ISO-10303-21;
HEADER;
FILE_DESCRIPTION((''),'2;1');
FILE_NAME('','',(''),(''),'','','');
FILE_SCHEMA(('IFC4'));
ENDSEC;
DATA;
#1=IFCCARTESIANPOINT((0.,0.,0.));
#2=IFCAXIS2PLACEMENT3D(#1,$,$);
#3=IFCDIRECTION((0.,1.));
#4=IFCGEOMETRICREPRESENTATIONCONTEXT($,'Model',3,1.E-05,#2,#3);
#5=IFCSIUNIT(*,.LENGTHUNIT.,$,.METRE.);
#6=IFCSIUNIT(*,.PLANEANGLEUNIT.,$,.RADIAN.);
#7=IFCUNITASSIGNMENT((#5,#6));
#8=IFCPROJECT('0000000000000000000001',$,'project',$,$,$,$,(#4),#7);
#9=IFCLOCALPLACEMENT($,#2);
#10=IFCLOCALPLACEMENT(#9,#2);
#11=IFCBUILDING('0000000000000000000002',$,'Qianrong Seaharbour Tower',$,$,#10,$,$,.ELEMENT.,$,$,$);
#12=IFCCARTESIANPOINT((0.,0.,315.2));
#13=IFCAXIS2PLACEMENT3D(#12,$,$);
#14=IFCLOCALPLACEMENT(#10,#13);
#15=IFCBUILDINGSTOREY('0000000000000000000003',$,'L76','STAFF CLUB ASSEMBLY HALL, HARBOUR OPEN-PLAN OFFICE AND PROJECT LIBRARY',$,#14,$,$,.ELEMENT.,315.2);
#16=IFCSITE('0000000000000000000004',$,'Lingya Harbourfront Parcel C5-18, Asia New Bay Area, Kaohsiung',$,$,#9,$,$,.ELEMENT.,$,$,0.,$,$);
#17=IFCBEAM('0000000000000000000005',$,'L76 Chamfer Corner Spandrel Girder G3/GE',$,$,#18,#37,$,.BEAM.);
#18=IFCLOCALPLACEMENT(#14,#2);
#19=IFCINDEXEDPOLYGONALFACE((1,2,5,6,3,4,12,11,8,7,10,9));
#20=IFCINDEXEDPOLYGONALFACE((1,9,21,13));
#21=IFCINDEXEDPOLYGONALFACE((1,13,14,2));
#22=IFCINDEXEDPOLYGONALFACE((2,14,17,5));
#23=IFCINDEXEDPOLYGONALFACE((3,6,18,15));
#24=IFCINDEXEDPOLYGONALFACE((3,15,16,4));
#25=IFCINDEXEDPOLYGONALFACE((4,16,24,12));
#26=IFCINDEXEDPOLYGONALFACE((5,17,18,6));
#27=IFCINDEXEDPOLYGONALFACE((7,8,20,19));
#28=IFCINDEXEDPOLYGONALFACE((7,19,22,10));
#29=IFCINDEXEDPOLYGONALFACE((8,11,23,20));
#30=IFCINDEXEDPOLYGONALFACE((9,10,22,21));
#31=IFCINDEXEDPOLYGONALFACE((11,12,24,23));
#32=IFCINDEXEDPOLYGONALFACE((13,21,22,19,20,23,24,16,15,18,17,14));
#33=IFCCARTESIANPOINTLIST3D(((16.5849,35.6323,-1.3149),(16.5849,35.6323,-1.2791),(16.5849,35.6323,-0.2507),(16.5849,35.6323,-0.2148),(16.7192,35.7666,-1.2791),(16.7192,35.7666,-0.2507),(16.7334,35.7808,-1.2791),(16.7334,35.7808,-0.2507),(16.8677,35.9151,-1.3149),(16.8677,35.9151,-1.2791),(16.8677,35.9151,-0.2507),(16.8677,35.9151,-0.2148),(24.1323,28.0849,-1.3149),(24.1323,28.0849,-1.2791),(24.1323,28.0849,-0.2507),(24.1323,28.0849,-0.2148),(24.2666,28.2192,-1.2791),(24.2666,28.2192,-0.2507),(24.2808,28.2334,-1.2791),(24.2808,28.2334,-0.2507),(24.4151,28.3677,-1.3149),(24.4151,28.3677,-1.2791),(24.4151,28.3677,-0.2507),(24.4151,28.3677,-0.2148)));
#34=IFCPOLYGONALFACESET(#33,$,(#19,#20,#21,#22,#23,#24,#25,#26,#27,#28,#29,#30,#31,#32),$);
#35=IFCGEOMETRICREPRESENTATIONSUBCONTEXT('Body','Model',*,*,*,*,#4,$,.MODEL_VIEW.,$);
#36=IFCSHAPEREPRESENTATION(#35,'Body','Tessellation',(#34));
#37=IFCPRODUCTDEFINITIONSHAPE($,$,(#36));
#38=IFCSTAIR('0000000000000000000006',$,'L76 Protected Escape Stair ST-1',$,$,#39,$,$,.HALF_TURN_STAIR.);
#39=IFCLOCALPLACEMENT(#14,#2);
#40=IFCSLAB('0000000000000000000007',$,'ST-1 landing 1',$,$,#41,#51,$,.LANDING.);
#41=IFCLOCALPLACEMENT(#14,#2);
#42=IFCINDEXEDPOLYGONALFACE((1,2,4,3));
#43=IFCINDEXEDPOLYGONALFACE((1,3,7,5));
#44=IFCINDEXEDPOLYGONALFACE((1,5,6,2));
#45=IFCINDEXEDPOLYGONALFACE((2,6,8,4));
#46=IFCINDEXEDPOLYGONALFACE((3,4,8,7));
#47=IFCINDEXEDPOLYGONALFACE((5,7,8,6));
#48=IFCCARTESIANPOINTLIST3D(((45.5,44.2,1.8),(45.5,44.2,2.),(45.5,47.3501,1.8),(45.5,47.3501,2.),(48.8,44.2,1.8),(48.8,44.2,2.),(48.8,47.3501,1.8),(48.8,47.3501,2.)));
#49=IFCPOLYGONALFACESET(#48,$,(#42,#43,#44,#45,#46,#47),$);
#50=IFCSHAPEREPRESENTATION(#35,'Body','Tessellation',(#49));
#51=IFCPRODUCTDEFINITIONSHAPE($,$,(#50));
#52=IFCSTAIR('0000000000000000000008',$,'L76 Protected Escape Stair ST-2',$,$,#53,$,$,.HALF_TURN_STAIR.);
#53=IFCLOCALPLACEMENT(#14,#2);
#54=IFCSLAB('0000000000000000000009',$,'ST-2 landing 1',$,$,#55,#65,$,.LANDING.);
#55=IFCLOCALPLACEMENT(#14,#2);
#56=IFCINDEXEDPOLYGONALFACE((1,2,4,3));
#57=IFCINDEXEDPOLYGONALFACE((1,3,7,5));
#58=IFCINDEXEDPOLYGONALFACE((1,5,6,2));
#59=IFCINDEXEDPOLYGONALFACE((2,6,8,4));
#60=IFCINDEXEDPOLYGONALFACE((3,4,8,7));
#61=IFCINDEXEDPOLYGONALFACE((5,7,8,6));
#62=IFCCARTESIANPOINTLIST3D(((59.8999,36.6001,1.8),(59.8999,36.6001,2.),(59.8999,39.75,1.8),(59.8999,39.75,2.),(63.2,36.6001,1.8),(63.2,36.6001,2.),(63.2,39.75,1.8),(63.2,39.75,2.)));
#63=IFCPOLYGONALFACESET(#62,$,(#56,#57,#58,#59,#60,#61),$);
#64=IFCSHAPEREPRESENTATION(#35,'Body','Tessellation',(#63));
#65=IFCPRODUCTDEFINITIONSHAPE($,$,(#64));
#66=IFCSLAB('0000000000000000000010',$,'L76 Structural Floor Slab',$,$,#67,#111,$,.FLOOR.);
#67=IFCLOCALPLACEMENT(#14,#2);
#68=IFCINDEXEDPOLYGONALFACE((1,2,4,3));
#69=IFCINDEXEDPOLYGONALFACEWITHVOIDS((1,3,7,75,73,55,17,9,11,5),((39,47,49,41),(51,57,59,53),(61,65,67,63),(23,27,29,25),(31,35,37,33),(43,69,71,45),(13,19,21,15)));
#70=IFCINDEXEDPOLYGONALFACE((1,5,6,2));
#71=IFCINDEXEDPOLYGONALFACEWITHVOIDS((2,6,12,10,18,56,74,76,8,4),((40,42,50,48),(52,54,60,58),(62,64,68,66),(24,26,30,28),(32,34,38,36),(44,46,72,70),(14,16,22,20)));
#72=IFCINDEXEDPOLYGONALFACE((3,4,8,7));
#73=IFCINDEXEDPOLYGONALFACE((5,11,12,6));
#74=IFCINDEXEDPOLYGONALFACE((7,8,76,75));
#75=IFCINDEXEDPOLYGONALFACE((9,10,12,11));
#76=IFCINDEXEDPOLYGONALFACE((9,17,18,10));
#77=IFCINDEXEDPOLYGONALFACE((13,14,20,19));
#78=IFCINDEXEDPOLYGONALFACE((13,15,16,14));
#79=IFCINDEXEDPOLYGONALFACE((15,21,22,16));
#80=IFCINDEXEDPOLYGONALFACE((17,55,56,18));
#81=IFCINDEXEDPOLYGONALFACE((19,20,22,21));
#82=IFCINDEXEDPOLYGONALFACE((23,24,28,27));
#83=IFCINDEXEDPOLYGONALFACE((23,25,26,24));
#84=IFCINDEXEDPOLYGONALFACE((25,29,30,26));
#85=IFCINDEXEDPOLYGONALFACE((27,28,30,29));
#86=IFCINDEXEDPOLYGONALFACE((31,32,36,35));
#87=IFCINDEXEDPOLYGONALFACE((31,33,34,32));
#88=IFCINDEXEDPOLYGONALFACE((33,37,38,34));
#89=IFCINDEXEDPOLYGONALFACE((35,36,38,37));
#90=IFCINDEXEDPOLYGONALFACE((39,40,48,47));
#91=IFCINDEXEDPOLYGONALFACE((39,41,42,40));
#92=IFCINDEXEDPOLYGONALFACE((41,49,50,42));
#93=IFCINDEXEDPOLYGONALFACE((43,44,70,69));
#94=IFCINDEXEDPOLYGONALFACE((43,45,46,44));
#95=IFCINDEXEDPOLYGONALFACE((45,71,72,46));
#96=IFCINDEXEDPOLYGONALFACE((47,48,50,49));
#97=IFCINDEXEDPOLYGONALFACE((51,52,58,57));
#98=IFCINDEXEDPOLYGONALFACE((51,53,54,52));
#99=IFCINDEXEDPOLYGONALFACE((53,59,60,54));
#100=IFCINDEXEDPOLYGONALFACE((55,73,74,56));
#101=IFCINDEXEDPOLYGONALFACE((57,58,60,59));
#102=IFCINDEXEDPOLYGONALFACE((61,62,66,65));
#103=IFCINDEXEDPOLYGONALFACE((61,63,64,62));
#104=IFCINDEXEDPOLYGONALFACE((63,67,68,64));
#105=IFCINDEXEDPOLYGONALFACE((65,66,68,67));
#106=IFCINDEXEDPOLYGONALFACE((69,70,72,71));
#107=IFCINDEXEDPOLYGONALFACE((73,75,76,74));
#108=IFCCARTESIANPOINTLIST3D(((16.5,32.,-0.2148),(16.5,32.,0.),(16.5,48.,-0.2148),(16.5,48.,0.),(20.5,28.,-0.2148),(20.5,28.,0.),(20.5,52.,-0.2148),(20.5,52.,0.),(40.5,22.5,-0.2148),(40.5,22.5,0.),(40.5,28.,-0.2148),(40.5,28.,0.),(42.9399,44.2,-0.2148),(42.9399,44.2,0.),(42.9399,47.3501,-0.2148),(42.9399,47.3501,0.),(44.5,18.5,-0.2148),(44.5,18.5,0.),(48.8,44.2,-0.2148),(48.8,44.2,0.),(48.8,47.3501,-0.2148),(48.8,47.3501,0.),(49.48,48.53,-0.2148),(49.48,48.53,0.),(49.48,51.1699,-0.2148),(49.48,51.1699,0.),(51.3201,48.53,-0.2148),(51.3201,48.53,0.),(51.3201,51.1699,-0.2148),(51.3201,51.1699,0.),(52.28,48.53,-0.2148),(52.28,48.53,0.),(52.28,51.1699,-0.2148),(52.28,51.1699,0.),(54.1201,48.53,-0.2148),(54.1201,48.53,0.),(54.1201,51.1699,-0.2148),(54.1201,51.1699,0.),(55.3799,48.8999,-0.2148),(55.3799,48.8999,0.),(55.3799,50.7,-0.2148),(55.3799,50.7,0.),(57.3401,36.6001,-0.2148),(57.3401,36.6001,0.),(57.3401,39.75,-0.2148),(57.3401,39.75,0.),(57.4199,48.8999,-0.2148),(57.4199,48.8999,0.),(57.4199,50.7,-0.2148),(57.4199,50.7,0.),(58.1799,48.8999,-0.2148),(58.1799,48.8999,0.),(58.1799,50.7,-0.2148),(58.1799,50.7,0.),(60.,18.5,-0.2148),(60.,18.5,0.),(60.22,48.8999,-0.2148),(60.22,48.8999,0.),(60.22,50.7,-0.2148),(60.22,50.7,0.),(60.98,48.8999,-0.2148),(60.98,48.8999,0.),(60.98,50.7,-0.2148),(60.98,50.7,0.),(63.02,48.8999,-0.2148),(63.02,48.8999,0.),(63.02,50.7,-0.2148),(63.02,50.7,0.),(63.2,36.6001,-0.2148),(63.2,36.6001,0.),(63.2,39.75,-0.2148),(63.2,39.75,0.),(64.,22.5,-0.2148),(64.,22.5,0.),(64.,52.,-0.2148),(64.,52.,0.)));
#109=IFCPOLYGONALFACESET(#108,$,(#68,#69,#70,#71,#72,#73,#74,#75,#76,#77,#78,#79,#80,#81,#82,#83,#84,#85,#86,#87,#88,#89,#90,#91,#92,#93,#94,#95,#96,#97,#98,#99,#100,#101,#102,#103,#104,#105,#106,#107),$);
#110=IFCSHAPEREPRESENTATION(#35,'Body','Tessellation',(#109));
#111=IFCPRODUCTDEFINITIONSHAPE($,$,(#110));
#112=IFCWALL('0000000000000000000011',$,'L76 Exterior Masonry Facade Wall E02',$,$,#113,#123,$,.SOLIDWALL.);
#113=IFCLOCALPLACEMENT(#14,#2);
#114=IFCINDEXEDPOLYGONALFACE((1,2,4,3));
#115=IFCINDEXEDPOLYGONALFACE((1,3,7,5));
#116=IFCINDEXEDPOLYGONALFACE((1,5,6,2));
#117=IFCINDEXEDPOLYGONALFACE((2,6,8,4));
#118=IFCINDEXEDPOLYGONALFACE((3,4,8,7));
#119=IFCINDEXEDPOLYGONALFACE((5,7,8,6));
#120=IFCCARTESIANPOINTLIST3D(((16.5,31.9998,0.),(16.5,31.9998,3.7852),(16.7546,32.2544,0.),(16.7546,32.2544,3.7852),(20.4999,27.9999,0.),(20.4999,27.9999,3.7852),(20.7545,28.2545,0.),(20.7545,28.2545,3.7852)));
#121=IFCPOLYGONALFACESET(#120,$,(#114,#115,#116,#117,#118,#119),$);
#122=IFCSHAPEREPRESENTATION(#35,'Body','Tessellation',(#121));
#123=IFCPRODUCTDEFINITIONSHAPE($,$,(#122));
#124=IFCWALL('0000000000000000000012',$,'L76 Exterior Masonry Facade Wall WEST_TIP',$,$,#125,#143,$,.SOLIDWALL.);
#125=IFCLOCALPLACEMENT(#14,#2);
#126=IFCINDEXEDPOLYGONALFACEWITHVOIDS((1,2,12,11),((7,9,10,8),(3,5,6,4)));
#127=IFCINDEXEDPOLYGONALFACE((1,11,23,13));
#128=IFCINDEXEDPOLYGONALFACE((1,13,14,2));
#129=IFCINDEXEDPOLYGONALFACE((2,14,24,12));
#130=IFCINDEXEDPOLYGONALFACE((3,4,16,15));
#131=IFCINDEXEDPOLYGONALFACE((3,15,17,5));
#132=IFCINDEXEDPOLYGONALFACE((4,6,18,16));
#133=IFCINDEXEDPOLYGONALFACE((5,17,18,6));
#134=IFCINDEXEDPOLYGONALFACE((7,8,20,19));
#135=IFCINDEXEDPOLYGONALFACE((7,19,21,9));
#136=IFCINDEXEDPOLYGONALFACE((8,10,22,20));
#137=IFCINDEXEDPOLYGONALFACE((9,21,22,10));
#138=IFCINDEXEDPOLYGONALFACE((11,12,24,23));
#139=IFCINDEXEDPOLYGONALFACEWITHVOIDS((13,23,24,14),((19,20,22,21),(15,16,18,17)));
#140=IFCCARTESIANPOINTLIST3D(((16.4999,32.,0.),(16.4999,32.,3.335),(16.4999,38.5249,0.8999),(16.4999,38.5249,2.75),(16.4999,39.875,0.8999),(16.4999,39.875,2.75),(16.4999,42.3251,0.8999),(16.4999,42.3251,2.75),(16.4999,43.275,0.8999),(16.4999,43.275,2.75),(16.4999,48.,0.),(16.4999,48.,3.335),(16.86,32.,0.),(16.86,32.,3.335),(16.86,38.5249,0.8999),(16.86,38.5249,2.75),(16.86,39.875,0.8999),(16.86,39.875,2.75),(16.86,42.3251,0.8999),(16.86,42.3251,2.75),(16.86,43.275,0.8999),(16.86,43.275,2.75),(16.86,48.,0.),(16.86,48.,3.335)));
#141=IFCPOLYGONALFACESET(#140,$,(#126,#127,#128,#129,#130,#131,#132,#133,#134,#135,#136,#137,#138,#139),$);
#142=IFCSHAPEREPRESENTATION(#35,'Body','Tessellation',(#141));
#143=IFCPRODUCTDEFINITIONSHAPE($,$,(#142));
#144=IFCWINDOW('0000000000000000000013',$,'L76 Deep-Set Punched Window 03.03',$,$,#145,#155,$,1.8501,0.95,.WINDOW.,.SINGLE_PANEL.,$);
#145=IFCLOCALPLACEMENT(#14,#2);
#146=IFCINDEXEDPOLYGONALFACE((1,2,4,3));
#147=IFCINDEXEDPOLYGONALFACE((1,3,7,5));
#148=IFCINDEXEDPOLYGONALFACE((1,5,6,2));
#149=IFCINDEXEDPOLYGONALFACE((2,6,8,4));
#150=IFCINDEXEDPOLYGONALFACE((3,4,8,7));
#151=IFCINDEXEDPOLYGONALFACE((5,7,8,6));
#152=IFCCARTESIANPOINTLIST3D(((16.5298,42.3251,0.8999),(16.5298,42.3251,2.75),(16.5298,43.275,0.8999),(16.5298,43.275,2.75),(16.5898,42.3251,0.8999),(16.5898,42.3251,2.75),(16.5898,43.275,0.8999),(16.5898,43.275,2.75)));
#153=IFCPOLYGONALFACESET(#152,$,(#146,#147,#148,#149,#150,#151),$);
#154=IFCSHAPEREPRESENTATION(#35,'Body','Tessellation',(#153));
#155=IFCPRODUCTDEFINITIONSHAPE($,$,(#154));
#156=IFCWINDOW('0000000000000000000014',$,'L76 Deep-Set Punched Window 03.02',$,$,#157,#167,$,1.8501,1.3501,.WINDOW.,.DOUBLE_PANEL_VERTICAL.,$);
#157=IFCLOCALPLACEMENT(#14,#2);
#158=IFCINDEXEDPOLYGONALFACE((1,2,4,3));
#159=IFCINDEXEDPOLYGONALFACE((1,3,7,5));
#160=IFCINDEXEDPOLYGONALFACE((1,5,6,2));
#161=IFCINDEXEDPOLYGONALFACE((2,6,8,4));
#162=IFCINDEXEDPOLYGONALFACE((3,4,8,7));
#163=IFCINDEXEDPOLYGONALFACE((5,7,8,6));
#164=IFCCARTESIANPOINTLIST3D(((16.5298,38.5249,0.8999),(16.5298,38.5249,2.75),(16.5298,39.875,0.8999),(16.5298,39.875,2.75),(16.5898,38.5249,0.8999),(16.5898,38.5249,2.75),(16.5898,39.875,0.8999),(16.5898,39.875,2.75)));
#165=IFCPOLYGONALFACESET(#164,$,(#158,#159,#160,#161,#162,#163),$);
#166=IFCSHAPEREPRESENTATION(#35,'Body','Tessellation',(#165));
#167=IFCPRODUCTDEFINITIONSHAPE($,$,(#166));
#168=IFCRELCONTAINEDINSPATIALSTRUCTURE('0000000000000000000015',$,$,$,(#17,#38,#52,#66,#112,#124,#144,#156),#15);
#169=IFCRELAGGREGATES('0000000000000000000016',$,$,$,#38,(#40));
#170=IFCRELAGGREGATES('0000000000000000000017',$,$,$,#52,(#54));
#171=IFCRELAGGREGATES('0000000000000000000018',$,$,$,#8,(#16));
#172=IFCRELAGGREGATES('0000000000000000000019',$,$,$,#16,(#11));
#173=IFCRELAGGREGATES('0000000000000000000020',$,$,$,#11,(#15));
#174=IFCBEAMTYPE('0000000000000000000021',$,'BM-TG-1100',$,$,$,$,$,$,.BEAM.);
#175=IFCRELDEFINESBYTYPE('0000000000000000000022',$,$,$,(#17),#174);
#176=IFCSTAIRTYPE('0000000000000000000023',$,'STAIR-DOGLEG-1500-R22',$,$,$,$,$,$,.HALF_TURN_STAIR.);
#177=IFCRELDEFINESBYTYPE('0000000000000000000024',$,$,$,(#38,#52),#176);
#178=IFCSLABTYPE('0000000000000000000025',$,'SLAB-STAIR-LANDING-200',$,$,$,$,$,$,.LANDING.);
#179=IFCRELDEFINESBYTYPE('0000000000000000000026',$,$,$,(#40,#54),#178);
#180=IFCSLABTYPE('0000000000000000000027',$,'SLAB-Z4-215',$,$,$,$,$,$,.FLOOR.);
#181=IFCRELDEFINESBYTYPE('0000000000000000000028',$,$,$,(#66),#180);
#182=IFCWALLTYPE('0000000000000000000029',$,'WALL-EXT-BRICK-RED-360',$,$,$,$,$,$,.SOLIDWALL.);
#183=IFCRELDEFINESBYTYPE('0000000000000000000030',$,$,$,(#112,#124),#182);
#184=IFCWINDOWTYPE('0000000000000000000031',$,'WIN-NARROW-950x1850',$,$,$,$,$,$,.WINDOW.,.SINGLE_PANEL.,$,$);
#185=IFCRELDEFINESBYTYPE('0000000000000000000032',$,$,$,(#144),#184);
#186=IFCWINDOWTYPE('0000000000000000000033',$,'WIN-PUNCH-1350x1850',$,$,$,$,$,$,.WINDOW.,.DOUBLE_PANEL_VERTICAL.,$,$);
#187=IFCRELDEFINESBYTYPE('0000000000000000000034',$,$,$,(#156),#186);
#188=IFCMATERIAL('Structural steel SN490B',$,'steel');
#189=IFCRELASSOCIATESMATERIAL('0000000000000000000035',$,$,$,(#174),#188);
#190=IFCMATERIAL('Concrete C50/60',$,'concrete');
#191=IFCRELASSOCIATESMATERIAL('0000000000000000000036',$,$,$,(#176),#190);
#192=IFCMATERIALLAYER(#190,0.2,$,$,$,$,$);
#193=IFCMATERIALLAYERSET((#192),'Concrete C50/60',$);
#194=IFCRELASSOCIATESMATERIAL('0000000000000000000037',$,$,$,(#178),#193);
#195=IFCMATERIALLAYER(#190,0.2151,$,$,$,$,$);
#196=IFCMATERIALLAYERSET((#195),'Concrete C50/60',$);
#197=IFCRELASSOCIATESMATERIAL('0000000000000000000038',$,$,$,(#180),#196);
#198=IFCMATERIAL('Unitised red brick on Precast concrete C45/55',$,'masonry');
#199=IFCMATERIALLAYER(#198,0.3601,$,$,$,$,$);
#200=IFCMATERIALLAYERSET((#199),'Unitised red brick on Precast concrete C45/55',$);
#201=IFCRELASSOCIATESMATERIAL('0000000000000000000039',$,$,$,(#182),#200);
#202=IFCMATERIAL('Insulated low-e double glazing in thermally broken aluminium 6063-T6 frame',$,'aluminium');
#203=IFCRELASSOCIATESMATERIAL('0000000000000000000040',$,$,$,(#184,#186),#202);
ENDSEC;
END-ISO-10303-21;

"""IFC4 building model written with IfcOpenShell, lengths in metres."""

from ifc_helpers import new_model, si_unit, direction, frame, frame_2d, origin, origin_2d, place, context, subcontext, project, spatial, polyline, rectangle, i_section, outline, extrude, material, layer, layer_set, material_profile, profile_set, type_object, element, fill, aggregate, save


model = new_model("IFC4")

# Units and contexts
model_context = context("Model", 3, precision=1e-05, world=origin(), true_north=direction((0.0, 1.0)))
body_context = subcontext(model_context, "Body", "Model", "MODEL_VIEW")
ifc_project = project(units=[si_unit("LENGTHUNIT", "METRE"), si_unit("PLANEANGLEUNIT", "RADIAN")], contexts=[model_context])

# Site, building, storey
site_placement = place(None, origin())
site = spatial("IfcSite", under=ifc_project, at=site_placement, Name="Lingya Harbourfront Parcel C5-18, Asia New Bay Area, Kaohsiung", CompositionType="ELEMENT", RefElevation=0.0)
building_placement = place(site_placement, origin())
building = spatial("IfcBuilding", under=site, at=building_placement, Name="Qianrong Seaharbour Tower", CompositionType="ELEMENT")
storey_placement = place(building_placement, frame((0.0, 0.0, 315.2)))
storey = spatial("IfcBuildingStorey", under=building, at=storey_placement, Name="L76", Description="STAFF CLUB ASSEMBLY HALL, HARBOUR OPEN-PLAN OFFICE AND PROJECT LIBRARY", CompositionType="ELEMENT", Elevation=315.2)

# Beam
ifc_material_1 = material(Name="Structural steel SN490B", Category="steel")
ifc_material_profile_1 = material_profile(ifc_material_1, i_section(OverallWidth=0.3999, OverallDepth=1.1001, WebThickness=0.02, FlangeThickness=0.0359, at=origin_2d()), Name="BH1100x400x20x36")
ifc_profile_set_1 = profile_set([ifc_material_profile_1], Name="Structural steel SN490B")
beam_type_1 = type_object("IfcBeamType", Name="BM-TG-1100", PredefinedType="BEAM", material=ifc_profile_set_1)
beam_1_placement = place(storey_placement, frame((24.2737, 28.2263, -0.7649), z_axis=(-0.707107, 0.707107, 0.0), x_axis=(-0.707107, -0.707107, 0.0)))
element("IfcBeam", 1, at=beam_1_placement, inside=storey, type_object=beam_type_1, Name="L76 Chamfer Corner Spandrel Girder G3/GE", PredefinedType="BEAM", context=body_context, shape_type="SweptSolid", body=[
    extrude(i_section(OverallWidth=0.3999, OverallDepth=1.1001, WebThickness=0.02, FlangeThickness=0.0359, at=origin_2d()), origin(), (0.0, 0.0, 1.0), 10.6736),
])

# Stairs, slabs
ifc_material_2 = material(Name="Concrete C50/60", Category="concrete")
stair_type = type_object("IfcStairType", Name="STAIR-DOGLEG-1500-R22", PredefinedType="HALF_TURN_STAIR", material=ifc_material_2)
stair_1_placement = place(storey_placement, origin())
stair_1 = element("IfcStair", 2, at=stair_1_placement, inside=storey, type_object=stair_type, Name="L76 Protected Escape Stair ST-1", PredefinedType="HALF_TURN_STAIR")
ifc_layer_1 = layer(ifc_material_2, 0.2)
ifc_layer_set_1 = layer_set([ifc_layer_1], Name="Concrete C50/60")
slab_type_1 = type_object("IfcSlabType", Name="SLAB-STAIR-LANDING-200", PredefinedType="LANDING", material=ifc_layer_set_1)
slab_1_placement = place(storey_placement, frame((0.0, 0.0, 1.8)))
slab_1 = element("IfcSlab", 3, at=slab_1_placement, type_object=slab_type_1, Name="ST-1 landing 1", PredefinedType="LANDING", context=body_context, shape_type="SweptSolid", body=[
    extrude(outline(polyline([(45.5, 44.2), (48.8, 44.2), (48.8, 47.3501), (45.5, 47.3501), (45.5, 44.2)])), origin(), (0.0, 0.0, 1.0), 0.2),
])
aggregate(stair_1, [slab_1])
stair_2_placement = place(storey_placement, origin())
stair_2 = element("IfcStair", 4, at=stair_2_placement, inside=storey, type_object=stair_type, Name="L76 Protected Escape Stair ST-2", PredefinedType="HALF_TURN_STAIR")
slab_2_placement = place(storey_placement, frame((0.0, 0.0, 1.8)))
slab_2 = element("IfcSlab", 5, at=slab_2_placement, type_object=slab_type_1, Name="ST-2 landing 1", PredefinedType="LANDING", context=body_context, shape_type="SweptSolid", body=[
    extrude(outline(polyline([(59.8999, 36.6001), (63.2, 36.6001), (63.2, 39.75), (59.8999, 39.75), (59.8999, 36.6001)])), origin(), (0.0, 0.0, 1.0), 0.2),
])
aggregate(stair_2, [slab_2])

# Slab
ifc_layer_2 = layer(ifc_material_2, 0.2151)
ifc_layer_set_2 = layer_set([ifc_layer_2], Name="Concrete C50/60")
slab_type_2 = type_object("IfcSlabType", Name="SLAB-Z4-215", PredefinedType="FLOOR", material=ifc_layer_set_2)
slab_3_placement = place(storey_placement, frame((0.0, 0.0, -0.2148)))
element("IfcSlab", 6, at=slab_3_placement, inside=storey, type_object=slab_type_2, Name="L76 Structural Floor Slab", PredefinedType="FLOOR", context=body_context, shape_type="SweptSolid", body=[
    extrude(outline(polyline([(44.5, 18.5), (60.0, 18.5), (64.0, 22.5), (64.0, 52.0), (20.5, 52.0), (16.5, 48.0), (16.5, 32.0), (20.5, 28.0), (40.5, 28.0), (40.5, 22.5), (44.5, 18.5)]), holes=[polyline([(42.9399, 44.2), (42.9399, 47.3501), (48.8, 47.3501), (48.8, 44.2), (42.9399, 44.2)]), polyline([(57.3401, 36.6001), (57.3401, 39.75), (63.2, 39.75), (63.2, 36.6001), (57.3401, 36.6001)]), polyline([(49.48, 48.53), (49.48, 51.1699), (51.3201, 51.1699), (51.3201, 48.53), (49.48, 48.53)]), polyline([(52.28, 48.53), (52.28, 51.1699), (54.1201, 51.1699), (54.1201, 48.53), (52.28, 48.53)]), polyline([(55.3799, 48.8999), (55.3799, 50.7), (57.4199, 50.7), (57.4199, 48.8999), (55.3799, 48.8999)]), polyline([(58.1799, 48.8999), (58.1799, 50.7), (60.22, 50.7), (60.22, 48.8999), (58.1799, 48.8999)]), polyline([(60.98, 48.8999), (60.98, 50.7), (63.02, 50.7), (63.02, 48.8999), (60.98, 48.8999)])]), origin(), (0.0, 0.0, 1.0), 0.2148),
])

# Wall
ifc_material_3 = material(Name="Unitised red brick on Precast concrete C45/55", Category="masonry")
ifc_layer_3 = layer(ifc_material_3, 0.3601)
ifc_layer_set_3 = layer_set([ifc_layer_3], Name="Unitised red brick on Precast concrete C45/55")
wall_type = type_object("IfcWallType", Name="WALL-EXT-BRICK-RED-360", PredefinedType="SOLIDWALL", material=ifc_layer_set_3)
wall_1_placement = place(storey_placement, frame((20.6272, 28.1272, 0.0), z_axis=(0.0, 0.0, 1.0), x_axis=(-0.707107, 0.707107, 0.0)))
element("IfcWall", 7, at=wall_1_placement, inside=storey, type_object=wall_type, Name="L76 Exterior Masonry Facade Wall E02", PredefinedType="SOLIDWALL", context=body_context, shape_type="SweptSolid", body=[
    extrude(rectangle(XDim=5.6567, YDim=0.3601, at=frame_2d((2.8284, 0.0))), origin(), (0.0, 0.0, 1.0), 3.7852),
])

# Wall, openings, windows
wall_2_placement = place(storey_placement, frame((16.6799, 32.0, 0.0), z_axis=(0.0, 0.0, 1.0), x_axis=(0.0, 1.0, 0.0)))
wall_2 = element("IfcWall", 8, at=wall_2_placement, inside=storey, type_object=wall_type, Name="L76 Exterior Masonry Facade Wall WEST_TIP", PredefinedType="SOLIDWALL", context=body_context, shape_type="SweptSolid", body=[
    extrude(rectangle(XDim=16.0, YDim=0.3601, at=frame_2d((8.0, 0.0))), origin(), (0.0, 0.0, 1.0), 3.335),
])
opening_1_placement = place(wall_2_placement, frame((6.5249, 0.0, 0.8999)))
opening_1 = element("IfcOpeningElement", 9, at=opening_1_placement, cuts=wall_2, PredefinedType="OPENING", context=body_context, shape_type="SweptSolid", body=[
    extrude(rectangle(XDim=1.3501, YDim=1.8501, at=frame_2d((0.675, 0.925))), frame((0.0, 0.1899, 0.0), z_axis=(0.0, -1.0, 0.0), x_axis=(1.0, 0.0, 0.0)), (0.0, 0.0, 1.0), 0.3801),
])
opening_2_placement = place(wall_2_placement, frame((10.325, 0.0, 0.8999)))
opening_2 = element("IfcOpeningElement", 10, at=opening_2_placement, cuts=wall_2, PredefinedType="OPENING", context=body_context, shape_type="SweptSolid", body=[
    extrude(rectangle(XDim=0.95, YDim=1.8501, at=frame_2d((0.4751, 0.925))), frame((0.0, 0.1899, 0.0), z_axis=(0.0, -1.0, 0.0), x_axis=(1.0, 0.0, 0.0)), (0.0, 0.0, 1.0), 0.3801),
])
ifc_material_4 = material(Name="Insulated low-e double glazing in thermally broken aluminium 6063-T6 frame", Category="aluminium")
window_type_1 = type_object("IfcWindowType", Name="WIN-NARROW-950x1850", PartitioningType="SINGLE_PANEL", PredefinedType="WINDOW", material=ifc_material_4)
window_1_placement = place(opening_2_placement, origin())
window_1 = element("IfcWindow", 11, at=window_1_placement, inside=storey, type_object=window_type_1, Name="L76 Deep-Set Punched Window 03.03", OverallHeight=1.8501, OverallWidth=0.95, PartitioningType="SINGLE_PANEL", PredefinedType="WINDOW", context=body_context, shape_type="SweptSolid", body=[
    extrude(rectangle(XDim=0.95, YDim=1.8501, at=frame_2d((0.4751, 0.925))), frame((0.0, 0.1501, 0.0), z_axis=(0.0, -1.0, 0.0), x_axis=(1.0, 0.0, 0.0)), (0.0, 0.0, 1.0), 0.0601),
])
fill(opening_2, window_1)
window_type_2 = type_object("IfcWindowType", Name="WIN-PUNCH-1350x1850", PartitioningType="DOUBLE_PANEL_VERTICAL", PredefinedType="WINDOW", material=ifc_material_4)
window_2_placement = place(opening_1_placement, origin())
window_2 = element("IfcWindow", 12, at=window_2_placement, inside=storey, type_object=window_type_2, Name="L76 Deep-Set Punched Window 03.02", OverallHeight=1.8501, OverallWidth=1.3501, PartitioningType="DOUBLE_PANEL_VERTICAL", PredefinedType="WINDOW", context=body_context, shape_type="SweptSolid", body=[
    extrude(rectangle(XDim=1.3501, YDim=1.8501, at=frame_2d((0.675, 0.925))), frame((0.0, 0.1501, 0.0), z_axis=(0.0, -1.0, 0.0), x_axis=(1.0, 0.0, 0.0)), (0.0, 0.0, 1.0), 0.0601),
])
fill(opening_1, window_2)

save(model, "model.ifc")
